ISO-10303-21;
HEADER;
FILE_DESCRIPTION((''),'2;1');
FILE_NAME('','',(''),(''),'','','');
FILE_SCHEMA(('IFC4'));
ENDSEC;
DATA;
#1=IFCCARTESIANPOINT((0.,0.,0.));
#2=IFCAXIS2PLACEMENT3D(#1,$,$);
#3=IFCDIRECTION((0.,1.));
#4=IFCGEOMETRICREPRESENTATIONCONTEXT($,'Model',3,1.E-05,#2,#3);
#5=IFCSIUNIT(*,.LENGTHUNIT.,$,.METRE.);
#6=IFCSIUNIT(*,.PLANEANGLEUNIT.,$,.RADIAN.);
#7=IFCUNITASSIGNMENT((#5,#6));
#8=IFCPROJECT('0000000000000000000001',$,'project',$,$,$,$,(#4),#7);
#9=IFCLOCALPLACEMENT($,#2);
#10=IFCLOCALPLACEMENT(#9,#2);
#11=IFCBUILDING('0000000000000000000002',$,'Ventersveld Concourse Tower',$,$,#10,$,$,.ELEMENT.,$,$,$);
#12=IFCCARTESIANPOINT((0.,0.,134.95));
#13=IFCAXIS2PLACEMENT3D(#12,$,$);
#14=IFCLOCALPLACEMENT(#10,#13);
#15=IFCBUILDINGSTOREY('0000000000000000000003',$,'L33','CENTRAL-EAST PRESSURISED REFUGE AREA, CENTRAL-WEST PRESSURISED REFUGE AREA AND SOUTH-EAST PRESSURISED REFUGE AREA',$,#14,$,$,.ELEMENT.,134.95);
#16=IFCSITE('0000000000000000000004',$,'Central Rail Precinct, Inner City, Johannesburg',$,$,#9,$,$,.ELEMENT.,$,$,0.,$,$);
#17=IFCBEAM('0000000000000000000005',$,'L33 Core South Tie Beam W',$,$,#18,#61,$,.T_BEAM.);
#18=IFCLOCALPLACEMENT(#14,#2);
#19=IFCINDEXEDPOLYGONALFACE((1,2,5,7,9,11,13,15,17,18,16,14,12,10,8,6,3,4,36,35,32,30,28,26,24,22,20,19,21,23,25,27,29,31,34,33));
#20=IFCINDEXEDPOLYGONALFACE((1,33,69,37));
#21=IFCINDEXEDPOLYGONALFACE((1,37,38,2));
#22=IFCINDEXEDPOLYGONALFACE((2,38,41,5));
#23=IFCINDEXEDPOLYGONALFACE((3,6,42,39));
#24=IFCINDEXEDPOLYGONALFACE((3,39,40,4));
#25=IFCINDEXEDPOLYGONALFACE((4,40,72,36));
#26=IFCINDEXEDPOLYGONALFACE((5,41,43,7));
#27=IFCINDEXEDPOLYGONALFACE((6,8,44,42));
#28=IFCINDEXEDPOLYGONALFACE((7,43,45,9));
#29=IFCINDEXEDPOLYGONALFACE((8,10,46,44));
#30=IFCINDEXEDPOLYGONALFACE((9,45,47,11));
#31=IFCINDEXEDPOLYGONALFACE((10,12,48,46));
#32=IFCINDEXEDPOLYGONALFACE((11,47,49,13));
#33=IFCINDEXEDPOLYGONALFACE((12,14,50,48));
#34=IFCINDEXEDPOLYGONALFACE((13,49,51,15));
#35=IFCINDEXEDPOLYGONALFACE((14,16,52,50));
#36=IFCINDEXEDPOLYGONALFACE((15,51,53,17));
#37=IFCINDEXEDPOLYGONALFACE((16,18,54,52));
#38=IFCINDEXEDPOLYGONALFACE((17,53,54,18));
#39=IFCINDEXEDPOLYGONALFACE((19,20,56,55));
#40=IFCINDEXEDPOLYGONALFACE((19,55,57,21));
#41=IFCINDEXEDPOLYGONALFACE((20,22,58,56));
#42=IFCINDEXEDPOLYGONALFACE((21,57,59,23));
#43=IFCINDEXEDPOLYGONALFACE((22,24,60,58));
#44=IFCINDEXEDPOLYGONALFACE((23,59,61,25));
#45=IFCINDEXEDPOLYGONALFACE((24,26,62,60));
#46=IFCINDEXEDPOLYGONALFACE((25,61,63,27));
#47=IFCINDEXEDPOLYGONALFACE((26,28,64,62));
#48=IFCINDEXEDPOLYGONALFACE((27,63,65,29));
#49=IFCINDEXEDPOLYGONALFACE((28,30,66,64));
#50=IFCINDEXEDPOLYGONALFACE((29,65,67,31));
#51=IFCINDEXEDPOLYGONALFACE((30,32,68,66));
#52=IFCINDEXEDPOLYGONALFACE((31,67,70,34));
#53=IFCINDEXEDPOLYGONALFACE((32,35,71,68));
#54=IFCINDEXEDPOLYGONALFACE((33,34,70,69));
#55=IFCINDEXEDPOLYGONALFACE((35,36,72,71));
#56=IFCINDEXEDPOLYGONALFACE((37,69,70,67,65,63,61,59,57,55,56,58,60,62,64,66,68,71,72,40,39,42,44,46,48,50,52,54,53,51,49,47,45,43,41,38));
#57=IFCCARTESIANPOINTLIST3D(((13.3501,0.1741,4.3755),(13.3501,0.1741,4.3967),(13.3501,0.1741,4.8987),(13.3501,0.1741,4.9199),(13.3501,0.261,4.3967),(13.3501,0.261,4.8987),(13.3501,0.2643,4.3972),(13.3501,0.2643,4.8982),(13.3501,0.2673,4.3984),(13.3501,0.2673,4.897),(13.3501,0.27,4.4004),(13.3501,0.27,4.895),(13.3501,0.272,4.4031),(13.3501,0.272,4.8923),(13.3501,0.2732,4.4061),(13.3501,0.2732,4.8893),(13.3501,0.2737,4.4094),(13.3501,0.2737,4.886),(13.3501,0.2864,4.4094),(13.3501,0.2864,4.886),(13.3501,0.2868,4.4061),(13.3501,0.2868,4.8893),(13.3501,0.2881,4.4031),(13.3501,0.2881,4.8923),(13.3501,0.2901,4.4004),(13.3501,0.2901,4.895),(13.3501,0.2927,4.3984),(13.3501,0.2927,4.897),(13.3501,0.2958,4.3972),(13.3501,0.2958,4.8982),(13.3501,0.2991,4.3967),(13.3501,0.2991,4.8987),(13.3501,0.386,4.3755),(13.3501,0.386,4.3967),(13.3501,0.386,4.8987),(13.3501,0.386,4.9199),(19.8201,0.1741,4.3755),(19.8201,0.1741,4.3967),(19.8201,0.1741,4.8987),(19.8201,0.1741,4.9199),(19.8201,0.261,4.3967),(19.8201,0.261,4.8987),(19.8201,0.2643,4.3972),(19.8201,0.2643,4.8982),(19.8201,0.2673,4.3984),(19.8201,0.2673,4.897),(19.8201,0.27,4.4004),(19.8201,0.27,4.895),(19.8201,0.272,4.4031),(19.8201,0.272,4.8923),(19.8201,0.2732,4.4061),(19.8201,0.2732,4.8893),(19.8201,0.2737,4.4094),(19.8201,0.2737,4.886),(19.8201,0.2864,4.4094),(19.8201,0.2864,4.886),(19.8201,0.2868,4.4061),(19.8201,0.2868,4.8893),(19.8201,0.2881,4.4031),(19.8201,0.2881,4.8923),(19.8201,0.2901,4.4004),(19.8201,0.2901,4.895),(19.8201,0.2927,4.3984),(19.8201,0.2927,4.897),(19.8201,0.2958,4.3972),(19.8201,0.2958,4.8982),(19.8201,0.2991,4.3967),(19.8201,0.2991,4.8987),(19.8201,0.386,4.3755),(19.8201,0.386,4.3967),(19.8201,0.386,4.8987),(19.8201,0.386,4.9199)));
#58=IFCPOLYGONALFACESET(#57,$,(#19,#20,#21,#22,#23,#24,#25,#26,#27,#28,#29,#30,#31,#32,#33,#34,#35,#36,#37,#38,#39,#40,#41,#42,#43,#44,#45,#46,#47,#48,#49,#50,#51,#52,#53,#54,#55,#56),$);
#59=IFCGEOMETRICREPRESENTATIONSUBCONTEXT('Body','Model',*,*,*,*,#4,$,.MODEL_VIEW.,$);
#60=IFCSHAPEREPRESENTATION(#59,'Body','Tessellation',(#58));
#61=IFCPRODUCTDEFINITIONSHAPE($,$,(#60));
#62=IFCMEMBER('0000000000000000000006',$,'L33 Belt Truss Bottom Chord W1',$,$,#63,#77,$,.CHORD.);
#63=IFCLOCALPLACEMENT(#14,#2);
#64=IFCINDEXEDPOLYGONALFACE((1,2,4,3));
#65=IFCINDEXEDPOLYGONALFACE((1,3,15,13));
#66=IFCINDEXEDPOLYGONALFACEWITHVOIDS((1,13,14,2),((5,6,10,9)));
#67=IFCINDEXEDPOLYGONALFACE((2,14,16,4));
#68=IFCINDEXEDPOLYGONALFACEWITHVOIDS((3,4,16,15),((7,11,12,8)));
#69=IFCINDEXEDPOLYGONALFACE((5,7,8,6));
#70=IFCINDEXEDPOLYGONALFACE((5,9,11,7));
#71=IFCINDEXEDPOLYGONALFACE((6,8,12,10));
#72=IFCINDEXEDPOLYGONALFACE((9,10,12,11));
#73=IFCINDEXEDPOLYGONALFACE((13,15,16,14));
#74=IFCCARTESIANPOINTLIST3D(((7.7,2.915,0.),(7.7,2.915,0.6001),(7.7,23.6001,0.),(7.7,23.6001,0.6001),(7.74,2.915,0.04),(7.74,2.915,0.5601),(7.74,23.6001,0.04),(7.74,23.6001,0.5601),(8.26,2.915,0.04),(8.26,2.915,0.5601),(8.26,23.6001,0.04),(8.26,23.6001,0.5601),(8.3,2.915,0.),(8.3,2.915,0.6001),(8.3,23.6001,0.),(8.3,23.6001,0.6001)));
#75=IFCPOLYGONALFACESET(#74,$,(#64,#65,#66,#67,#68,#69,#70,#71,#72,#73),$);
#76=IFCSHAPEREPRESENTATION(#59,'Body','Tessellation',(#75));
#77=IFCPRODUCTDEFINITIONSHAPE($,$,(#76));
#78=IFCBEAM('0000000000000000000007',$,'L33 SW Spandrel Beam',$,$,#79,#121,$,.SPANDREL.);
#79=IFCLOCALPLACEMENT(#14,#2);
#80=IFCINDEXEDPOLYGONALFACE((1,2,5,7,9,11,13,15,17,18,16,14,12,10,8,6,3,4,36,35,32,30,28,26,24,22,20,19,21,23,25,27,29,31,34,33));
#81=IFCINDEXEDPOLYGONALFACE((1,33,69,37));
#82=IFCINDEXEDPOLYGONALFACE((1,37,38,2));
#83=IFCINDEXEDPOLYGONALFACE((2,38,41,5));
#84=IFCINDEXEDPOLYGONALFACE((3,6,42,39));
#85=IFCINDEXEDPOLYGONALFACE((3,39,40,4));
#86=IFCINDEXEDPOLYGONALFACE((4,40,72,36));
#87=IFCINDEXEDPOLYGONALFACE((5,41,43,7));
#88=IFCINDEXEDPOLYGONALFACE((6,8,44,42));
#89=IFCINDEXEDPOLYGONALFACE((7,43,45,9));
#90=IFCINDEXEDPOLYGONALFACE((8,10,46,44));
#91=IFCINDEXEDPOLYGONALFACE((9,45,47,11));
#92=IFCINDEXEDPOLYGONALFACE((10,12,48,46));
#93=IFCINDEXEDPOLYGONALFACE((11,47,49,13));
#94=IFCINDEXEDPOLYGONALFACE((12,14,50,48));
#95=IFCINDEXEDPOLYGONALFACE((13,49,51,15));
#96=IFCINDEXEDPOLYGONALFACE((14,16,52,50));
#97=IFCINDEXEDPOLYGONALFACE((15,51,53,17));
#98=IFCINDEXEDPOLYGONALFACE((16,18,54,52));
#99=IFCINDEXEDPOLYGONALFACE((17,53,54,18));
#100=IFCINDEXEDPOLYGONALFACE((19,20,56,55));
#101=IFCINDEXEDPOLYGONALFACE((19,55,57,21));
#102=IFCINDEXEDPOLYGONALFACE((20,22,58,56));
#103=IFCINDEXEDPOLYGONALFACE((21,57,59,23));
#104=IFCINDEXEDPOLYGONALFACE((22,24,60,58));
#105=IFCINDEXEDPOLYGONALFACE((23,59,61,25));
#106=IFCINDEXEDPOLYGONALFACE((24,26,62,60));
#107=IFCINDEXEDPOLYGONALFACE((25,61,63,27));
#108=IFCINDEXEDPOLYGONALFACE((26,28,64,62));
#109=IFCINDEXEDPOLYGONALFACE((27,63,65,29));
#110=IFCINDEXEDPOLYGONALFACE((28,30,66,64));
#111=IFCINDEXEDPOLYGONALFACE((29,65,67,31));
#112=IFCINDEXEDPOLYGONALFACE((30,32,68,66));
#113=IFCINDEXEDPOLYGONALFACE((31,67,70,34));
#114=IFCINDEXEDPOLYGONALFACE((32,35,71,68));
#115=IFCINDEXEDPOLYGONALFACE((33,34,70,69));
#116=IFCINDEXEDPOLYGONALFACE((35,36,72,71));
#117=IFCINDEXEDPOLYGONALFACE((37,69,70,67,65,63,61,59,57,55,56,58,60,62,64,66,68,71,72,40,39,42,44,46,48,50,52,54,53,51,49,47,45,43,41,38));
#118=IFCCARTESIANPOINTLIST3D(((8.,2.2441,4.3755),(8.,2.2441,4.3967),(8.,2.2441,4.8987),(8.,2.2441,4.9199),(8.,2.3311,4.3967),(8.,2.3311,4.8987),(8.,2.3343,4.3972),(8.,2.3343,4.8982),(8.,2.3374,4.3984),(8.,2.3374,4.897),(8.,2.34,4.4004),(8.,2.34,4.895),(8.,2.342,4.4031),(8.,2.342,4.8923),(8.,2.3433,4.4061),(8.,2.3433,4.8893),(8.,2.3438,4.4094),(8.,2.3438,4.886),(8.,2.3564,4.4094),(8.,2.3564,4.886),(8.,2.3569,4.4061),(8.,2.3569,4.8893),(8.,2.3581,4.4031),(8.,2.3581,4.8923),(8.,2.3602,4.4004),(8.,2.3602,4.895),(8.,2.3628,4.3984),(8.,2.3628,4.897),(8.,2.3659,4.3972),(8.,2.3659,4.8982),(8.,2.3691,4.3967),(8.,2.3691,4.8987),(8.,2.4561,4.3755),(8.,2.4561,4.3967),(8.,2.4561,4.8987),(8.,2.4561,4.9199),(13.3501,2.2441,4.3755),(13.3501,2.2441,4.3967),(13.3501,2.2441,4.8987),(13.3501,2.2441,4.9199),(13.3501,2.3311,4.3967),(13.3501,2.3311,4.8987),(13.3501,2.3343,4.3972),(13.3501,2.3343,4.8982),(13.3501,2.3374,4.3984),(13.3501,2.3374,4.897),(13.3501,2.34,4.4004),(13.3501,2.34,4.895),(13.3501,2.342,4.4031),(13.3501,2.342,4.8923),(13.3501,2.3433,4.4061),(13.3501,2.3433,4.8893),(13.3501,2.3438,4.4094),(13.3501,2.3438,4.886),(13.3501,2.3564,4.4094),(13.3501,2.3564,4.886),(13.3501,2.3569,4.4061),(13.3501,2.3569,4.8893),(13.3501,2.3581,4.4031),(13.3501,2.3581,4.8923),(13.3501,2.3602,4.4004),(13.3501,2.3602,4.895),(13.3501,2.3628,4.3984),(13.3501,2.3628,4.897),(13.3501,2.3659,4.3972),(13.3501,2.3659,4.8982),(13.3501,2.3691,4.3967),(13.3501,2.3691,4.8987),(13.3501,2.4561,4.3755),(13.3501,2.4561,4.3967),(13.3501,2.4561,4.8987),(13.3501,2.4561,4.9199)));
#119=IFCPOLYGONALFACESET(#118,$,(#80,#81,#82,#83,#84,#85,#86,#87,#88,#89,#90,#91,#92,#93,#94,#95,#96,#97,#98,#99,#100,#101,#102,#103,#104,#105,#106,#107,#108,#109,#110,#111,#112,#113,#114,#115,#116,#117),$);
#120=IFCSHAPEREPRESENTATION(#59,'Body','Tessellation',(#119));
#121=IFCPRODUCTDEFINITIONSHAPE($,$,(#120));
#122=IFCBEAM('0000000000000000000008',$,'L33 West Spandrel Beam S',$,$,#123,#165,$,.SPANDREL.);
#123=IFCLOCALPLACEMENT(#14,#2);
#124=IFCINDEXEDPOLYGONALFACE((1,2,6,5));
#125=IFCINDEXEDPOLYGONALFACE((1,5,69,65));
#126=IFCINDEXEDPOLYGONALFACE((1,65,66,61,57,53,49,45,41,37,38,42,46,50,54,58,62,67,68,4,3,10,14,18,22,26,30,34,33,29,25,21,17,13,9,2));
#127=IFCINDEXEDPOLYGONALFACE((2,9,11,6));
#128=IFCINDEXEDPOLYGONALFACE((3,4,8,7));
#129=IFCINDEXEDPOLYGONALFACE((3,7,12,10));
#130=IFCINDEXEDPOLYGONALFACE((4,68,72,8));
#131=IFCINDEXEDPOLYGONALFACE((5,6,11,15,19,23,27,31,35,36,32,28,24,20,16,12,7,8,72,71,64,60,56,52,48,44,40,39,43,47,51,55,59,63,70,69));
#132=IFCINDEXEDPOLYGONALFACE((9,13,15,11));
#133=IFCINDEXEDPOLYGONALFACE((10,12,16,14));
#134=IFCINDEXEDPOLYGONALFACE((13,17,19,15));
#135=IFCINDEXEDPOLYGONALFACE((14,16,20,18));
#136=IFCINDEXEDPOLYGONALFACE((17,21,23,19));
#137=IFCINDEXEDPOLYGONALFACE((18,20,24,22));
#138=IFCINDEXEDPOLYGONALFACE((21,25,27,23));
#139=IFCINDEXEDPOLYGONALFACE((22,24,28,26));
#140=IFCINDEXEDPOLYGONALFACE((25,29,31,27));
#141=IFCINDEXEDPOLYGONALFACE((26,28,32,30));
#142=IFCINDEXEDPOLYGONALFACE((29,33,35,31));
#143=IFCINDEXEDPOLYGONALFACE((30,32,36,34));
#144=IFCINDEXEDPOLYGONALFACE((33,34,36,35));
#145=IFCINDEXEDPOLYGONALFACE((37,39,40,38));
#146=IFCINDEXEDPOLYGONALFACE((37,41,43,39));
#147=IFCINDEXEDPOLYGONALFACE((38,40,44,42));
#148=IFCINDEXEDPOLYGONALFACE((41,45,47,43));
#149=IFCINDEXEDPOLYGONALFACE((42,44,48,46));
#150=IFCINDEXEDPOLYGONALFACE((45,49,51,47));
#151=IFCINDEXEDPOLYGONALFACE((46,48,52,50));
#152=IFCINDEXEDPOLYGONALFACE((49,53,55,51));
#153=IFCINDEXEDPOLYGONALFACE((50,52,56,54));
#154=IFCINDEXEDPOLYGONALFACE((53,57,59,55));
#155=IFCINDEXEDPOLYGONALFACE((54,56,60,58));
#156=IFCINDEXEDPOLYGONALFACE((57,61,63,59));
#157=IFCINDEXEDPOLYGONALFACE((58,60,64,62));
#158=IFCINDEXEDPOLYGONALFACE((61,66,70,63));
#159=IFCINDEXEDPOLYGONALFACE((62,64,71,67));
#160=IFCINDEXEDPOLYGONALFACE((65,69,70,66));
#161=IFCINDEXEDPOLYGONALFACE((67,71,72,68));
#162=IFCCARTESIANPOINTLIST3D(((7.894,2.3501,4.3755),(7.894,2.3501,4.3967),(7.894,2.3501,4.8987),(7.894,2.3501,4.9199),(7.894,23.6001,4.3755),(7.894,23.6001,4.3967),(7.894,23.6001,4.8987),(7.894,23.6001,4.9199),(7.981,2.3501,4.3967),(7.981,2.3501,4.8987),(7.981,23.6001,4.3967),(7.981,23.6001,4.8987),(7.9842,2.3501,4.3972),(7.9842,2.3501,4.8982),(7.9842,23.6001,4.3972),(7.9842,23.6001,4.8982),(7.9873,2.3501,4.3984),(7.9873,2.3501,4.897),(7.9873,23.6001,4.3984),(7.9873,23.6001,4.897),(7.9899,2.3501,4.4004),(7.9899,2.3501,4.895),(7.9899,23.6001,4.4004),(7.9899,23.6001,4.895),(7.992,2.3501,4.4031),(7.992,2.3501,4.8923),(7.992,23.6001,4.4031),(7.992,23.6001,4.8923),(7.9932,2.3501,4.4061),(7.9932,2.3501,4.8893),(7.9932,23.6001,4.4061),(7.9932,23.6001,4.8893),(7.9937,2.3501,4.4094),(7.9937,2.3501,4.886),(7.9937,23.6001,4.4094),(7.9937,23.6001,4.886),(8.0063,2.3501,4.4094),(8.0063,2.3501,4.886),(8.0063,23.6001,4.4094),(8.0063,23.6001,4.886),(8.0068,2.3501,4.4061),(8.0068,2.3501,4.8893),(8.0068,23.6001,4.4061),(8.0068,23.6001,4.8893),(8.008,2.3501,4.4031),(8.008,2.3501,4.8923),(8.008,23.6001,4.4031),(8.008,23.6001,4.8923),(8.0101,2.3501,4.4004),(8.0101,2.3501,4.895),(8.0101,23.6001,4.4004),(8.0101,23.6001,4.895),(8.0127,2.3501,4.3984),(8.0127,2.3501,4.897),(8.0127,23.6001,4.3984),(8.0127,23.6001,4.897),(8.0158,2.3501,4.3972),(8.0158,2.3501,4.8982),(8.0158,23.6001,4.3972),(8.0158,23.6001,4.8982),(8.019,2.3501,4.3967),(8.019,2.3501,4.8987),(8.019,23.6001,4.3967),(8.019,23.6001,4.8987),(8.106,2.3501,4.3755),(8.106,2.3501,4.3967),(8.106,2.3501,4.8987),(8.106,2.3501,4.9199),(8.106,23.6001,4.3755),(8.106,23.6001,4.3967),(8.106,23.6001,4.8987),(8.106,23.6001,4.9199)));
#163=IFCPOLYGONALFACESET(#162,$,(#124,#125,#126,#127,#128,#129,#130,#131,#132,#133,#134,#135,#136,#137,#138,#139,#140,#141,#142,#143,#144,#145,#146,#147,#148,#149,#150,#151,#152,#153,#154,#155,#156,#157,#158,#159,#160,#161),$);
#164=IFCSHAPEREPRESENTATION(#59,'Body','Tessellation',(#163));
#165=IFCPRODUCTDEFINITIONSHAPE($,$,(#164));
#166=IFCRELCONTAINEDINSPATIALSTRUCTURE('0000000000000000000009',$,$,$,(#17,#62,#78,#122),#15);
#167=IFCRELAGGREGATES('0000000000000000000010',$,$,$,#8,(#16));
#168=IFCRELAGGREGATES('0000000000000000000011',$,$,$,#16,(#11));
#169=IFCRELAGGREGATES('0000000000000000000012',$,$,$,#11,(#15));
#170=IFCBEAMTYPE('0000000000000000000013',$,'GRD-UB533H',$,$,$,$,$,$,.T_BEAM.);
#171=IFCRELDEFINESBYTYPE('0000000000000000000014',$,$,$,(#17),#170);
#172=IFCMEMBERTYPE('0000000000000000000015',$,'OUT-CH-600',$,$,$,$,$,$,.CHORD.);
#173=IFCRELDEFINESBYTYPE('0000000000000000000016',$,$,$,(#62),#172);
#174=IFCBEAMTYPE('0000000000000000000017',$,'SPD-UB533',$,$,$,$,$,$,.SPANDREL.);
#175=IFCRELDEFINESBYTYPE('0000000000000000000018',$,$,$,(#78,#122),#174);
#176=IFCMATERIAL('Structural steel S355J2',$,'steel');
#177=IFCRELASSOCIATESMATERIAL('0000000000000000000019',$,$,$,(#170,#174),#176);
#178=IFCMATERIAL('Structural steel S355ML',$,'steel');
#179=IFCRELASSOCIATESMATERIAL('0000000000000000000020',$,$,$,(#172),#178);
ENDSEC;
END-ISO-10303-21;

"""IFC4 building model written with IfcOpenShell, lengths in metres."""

from ifc_helpers import new_model, si_unit, direction, frame, origin, origin_2d, place, context, subcontext, project, spatial, hollow_rectangle, i_section, extrude, material, material_profile, profile_set, type_object, element, save


model = new_model("IFC4")

# Units and contexts
model_context = context("Model", 3, precision=1e-05, world=origin(), true_north=direction((0.0, 1.0)))
body_context = subcontext(model_context, "Body", "Model", "MODEL_VIEW")
ifc_project = project(units=[si_unit("LENGTHUNIT", "METRE"), si_unit("PLANEANGLEUNIT", "RADIAN")], contexts=[model_context])

# Site, building, storey
site_placement = place(None, origin())
site = spatial("IfcSite", under=ifc_project, at=site_placement, Name="Central Rail Precinct, Inner City, Johannesburg", CompositionType="ELEMENT", RefElevation=0.0)
building_placement = place(site_placement, origin())
building = spatial("IfcBuilding", under=site, at=building_placement, Name="Ventersveld Concourse Tower", CompositionType="ELEMENT")
storey_placement = place(building_placement, frame((0.0, 0.0, 134.95)))
storey = spatial("IfcBuildingStorey", under=building, at=storey_placement, Name="L33", Description="CENTRAL-EAST PRESSURISED REFUGE AREA, CENTRAL-WEST PRESSURISED REFUGE AREA AND SOUTH-EAST PRESSURISED REFUGE AREA", CompositionType="ELEMENT", Elevation=134.95)

# Beam
ifc_material_1 = material(Name="Structural steel S355J2", Category="steel")
ifc_material_profile_1 = material_profile(ifc_material_1, i_section(OverallWidth=0.2119, OverallDepth=0.5444, WebThickness=0.0127, FlangeThickness=0.0212, FilletRadius=0.0127, at=origin_2d()), Name="UB 533x210x122")
ifc_profile_set_1 = profile_set([ifc_material_profile_1], Name="Structural steel S355J2")
beam_type_1 = type_object("IfcBeamType", Name="GRD-UB533H", PredefinedType="T_BEAM", material=ifc_profile_set_1)
beam_1_placement = place(storey_placement, frame((13.3501, 0.28, 4.6477), z_axis=(1.0, 0.0, 0.0), x_axis=(0.0, 1.0, 0.0)))
element("IfcBeam", 1, at=beam_1_placement, inside=storey, type_object=beam_type_1, Name="L33 Core South Tie Beam W", PredefinedType="T_BEAM", context=body_context, shape_type="SweptSolid", body=[
    extrude(i_section(OverallWidth=0.2119, OverallDepth=0.5444, WebThickness=0.0127, FlangeThickness=0.0212, FilletRadius=0.0127, at=origin_2d()), origin(), (0.0, 0.0, 1.0), 6.47),
])

# Member
ifc_material_2 = material(Name="Structural steel S355ML", Category="steel")
ifc_material_profile_2 = material_profile(ifc_material_2, hollow_rectangle(XDim=0.6001, YDim=0.6001, WallThickness=0.04, at=origin_2d()), Name="BOX 600x600x40")
ifc_profile_set_2 = profile_set([ifc_material_profile_2], Name="Structural steel S355ML")
member_type = type_object("IfcMemberType", Name="OUT-CH-600", PredefinedType="CHORD", material=ifc_profile_set_2)
member_placement = place(storey_placement, frame((8.0, 2.915, 0.3), z_axis=(0.0, 1.0, 0.0), x_axis=(-1.0, 0.0, 0.0)))
element("IfcMember", 2, at=member_placement, inside=storey, type_object=member_type, Name="L33 Belt Truss Bottom Chord W1", PredefinedType="CHORD", context=body_context, shape_type="SweptSolid", body=[
    extrude(hollow_rectangle(XDim=0.6001, YDim=0.6001, WallThickness=0.04, at=origin_2d()), origin(), (0.0, 0.0, 1.0), 20.6851),
])

# Beams
ifc_material_profile_3 = material_profile(ifc_material_1, i_section(OverallWidth=0.2119, OverallDepth=0.5444, WebThickness=0.0127, FlangeThickness=0.0212, FilletRadius=0.0127, at=origin_2d()), Name="UB 533x210x122")
ifc_profile_set_3 = profile_set([ifc_material_profile_3], Name="Structural steel S355J2")
beam_type_2 = type_object("IfcBeamType", Name="SPD-UB533", PredefinedType="SPANDREL", material=ifc_profile_set_3)
beam_2_placement = place(storey_placement, frame((8.0, 2.3501, 4.6477), z_axis=(1.0, 0.0, 0.0), x_axis=(0.0, 1.0, 0.0)))
element("IfcBeam", 3, at=beam_2_placement, inside=storey, type_object=beam_type_2, Name="L33 SW Spandrel Beam", PredefinedType="SPANDREL", context=body_context, shape_type="SweptSolid", body=[
    extrude(i_section(OverallWidth=0.2119, OverallDepth=0.5444, WebThickness=0.0127, FlangeThickness=0.0212, FilletRadius=0.0127, at=origin_2d()), origin(), (0.0, 0.0, 1.0), 5.3501),
])
beam_3_placement = place(storey_placement, frame((8.0, 2.3501, 4.6477), z_axis=(0.0, 1.0, 0.0), x_axis=(-1.0, 0.0, 0.0)))
element("IfcBeam", 4, at=beam_3_placement, inside=storey, type_object=beam_type_2, Name="L33 West Spandrel Beam S", PredefinedType="SPANDREL", context=body_context, shape_type="SweptSolid", body=[
    extrude(i_section(OverallWidth=0.2119, OverallDepth=0.5444, WebThickness=0.0127, FlangeThickness=0.0212, FilletRadius=0.0127, at=origin_2d()), origin(), (0.0, 0.0, 1.0), 21.25),
])

save(model, "model.ifc")
